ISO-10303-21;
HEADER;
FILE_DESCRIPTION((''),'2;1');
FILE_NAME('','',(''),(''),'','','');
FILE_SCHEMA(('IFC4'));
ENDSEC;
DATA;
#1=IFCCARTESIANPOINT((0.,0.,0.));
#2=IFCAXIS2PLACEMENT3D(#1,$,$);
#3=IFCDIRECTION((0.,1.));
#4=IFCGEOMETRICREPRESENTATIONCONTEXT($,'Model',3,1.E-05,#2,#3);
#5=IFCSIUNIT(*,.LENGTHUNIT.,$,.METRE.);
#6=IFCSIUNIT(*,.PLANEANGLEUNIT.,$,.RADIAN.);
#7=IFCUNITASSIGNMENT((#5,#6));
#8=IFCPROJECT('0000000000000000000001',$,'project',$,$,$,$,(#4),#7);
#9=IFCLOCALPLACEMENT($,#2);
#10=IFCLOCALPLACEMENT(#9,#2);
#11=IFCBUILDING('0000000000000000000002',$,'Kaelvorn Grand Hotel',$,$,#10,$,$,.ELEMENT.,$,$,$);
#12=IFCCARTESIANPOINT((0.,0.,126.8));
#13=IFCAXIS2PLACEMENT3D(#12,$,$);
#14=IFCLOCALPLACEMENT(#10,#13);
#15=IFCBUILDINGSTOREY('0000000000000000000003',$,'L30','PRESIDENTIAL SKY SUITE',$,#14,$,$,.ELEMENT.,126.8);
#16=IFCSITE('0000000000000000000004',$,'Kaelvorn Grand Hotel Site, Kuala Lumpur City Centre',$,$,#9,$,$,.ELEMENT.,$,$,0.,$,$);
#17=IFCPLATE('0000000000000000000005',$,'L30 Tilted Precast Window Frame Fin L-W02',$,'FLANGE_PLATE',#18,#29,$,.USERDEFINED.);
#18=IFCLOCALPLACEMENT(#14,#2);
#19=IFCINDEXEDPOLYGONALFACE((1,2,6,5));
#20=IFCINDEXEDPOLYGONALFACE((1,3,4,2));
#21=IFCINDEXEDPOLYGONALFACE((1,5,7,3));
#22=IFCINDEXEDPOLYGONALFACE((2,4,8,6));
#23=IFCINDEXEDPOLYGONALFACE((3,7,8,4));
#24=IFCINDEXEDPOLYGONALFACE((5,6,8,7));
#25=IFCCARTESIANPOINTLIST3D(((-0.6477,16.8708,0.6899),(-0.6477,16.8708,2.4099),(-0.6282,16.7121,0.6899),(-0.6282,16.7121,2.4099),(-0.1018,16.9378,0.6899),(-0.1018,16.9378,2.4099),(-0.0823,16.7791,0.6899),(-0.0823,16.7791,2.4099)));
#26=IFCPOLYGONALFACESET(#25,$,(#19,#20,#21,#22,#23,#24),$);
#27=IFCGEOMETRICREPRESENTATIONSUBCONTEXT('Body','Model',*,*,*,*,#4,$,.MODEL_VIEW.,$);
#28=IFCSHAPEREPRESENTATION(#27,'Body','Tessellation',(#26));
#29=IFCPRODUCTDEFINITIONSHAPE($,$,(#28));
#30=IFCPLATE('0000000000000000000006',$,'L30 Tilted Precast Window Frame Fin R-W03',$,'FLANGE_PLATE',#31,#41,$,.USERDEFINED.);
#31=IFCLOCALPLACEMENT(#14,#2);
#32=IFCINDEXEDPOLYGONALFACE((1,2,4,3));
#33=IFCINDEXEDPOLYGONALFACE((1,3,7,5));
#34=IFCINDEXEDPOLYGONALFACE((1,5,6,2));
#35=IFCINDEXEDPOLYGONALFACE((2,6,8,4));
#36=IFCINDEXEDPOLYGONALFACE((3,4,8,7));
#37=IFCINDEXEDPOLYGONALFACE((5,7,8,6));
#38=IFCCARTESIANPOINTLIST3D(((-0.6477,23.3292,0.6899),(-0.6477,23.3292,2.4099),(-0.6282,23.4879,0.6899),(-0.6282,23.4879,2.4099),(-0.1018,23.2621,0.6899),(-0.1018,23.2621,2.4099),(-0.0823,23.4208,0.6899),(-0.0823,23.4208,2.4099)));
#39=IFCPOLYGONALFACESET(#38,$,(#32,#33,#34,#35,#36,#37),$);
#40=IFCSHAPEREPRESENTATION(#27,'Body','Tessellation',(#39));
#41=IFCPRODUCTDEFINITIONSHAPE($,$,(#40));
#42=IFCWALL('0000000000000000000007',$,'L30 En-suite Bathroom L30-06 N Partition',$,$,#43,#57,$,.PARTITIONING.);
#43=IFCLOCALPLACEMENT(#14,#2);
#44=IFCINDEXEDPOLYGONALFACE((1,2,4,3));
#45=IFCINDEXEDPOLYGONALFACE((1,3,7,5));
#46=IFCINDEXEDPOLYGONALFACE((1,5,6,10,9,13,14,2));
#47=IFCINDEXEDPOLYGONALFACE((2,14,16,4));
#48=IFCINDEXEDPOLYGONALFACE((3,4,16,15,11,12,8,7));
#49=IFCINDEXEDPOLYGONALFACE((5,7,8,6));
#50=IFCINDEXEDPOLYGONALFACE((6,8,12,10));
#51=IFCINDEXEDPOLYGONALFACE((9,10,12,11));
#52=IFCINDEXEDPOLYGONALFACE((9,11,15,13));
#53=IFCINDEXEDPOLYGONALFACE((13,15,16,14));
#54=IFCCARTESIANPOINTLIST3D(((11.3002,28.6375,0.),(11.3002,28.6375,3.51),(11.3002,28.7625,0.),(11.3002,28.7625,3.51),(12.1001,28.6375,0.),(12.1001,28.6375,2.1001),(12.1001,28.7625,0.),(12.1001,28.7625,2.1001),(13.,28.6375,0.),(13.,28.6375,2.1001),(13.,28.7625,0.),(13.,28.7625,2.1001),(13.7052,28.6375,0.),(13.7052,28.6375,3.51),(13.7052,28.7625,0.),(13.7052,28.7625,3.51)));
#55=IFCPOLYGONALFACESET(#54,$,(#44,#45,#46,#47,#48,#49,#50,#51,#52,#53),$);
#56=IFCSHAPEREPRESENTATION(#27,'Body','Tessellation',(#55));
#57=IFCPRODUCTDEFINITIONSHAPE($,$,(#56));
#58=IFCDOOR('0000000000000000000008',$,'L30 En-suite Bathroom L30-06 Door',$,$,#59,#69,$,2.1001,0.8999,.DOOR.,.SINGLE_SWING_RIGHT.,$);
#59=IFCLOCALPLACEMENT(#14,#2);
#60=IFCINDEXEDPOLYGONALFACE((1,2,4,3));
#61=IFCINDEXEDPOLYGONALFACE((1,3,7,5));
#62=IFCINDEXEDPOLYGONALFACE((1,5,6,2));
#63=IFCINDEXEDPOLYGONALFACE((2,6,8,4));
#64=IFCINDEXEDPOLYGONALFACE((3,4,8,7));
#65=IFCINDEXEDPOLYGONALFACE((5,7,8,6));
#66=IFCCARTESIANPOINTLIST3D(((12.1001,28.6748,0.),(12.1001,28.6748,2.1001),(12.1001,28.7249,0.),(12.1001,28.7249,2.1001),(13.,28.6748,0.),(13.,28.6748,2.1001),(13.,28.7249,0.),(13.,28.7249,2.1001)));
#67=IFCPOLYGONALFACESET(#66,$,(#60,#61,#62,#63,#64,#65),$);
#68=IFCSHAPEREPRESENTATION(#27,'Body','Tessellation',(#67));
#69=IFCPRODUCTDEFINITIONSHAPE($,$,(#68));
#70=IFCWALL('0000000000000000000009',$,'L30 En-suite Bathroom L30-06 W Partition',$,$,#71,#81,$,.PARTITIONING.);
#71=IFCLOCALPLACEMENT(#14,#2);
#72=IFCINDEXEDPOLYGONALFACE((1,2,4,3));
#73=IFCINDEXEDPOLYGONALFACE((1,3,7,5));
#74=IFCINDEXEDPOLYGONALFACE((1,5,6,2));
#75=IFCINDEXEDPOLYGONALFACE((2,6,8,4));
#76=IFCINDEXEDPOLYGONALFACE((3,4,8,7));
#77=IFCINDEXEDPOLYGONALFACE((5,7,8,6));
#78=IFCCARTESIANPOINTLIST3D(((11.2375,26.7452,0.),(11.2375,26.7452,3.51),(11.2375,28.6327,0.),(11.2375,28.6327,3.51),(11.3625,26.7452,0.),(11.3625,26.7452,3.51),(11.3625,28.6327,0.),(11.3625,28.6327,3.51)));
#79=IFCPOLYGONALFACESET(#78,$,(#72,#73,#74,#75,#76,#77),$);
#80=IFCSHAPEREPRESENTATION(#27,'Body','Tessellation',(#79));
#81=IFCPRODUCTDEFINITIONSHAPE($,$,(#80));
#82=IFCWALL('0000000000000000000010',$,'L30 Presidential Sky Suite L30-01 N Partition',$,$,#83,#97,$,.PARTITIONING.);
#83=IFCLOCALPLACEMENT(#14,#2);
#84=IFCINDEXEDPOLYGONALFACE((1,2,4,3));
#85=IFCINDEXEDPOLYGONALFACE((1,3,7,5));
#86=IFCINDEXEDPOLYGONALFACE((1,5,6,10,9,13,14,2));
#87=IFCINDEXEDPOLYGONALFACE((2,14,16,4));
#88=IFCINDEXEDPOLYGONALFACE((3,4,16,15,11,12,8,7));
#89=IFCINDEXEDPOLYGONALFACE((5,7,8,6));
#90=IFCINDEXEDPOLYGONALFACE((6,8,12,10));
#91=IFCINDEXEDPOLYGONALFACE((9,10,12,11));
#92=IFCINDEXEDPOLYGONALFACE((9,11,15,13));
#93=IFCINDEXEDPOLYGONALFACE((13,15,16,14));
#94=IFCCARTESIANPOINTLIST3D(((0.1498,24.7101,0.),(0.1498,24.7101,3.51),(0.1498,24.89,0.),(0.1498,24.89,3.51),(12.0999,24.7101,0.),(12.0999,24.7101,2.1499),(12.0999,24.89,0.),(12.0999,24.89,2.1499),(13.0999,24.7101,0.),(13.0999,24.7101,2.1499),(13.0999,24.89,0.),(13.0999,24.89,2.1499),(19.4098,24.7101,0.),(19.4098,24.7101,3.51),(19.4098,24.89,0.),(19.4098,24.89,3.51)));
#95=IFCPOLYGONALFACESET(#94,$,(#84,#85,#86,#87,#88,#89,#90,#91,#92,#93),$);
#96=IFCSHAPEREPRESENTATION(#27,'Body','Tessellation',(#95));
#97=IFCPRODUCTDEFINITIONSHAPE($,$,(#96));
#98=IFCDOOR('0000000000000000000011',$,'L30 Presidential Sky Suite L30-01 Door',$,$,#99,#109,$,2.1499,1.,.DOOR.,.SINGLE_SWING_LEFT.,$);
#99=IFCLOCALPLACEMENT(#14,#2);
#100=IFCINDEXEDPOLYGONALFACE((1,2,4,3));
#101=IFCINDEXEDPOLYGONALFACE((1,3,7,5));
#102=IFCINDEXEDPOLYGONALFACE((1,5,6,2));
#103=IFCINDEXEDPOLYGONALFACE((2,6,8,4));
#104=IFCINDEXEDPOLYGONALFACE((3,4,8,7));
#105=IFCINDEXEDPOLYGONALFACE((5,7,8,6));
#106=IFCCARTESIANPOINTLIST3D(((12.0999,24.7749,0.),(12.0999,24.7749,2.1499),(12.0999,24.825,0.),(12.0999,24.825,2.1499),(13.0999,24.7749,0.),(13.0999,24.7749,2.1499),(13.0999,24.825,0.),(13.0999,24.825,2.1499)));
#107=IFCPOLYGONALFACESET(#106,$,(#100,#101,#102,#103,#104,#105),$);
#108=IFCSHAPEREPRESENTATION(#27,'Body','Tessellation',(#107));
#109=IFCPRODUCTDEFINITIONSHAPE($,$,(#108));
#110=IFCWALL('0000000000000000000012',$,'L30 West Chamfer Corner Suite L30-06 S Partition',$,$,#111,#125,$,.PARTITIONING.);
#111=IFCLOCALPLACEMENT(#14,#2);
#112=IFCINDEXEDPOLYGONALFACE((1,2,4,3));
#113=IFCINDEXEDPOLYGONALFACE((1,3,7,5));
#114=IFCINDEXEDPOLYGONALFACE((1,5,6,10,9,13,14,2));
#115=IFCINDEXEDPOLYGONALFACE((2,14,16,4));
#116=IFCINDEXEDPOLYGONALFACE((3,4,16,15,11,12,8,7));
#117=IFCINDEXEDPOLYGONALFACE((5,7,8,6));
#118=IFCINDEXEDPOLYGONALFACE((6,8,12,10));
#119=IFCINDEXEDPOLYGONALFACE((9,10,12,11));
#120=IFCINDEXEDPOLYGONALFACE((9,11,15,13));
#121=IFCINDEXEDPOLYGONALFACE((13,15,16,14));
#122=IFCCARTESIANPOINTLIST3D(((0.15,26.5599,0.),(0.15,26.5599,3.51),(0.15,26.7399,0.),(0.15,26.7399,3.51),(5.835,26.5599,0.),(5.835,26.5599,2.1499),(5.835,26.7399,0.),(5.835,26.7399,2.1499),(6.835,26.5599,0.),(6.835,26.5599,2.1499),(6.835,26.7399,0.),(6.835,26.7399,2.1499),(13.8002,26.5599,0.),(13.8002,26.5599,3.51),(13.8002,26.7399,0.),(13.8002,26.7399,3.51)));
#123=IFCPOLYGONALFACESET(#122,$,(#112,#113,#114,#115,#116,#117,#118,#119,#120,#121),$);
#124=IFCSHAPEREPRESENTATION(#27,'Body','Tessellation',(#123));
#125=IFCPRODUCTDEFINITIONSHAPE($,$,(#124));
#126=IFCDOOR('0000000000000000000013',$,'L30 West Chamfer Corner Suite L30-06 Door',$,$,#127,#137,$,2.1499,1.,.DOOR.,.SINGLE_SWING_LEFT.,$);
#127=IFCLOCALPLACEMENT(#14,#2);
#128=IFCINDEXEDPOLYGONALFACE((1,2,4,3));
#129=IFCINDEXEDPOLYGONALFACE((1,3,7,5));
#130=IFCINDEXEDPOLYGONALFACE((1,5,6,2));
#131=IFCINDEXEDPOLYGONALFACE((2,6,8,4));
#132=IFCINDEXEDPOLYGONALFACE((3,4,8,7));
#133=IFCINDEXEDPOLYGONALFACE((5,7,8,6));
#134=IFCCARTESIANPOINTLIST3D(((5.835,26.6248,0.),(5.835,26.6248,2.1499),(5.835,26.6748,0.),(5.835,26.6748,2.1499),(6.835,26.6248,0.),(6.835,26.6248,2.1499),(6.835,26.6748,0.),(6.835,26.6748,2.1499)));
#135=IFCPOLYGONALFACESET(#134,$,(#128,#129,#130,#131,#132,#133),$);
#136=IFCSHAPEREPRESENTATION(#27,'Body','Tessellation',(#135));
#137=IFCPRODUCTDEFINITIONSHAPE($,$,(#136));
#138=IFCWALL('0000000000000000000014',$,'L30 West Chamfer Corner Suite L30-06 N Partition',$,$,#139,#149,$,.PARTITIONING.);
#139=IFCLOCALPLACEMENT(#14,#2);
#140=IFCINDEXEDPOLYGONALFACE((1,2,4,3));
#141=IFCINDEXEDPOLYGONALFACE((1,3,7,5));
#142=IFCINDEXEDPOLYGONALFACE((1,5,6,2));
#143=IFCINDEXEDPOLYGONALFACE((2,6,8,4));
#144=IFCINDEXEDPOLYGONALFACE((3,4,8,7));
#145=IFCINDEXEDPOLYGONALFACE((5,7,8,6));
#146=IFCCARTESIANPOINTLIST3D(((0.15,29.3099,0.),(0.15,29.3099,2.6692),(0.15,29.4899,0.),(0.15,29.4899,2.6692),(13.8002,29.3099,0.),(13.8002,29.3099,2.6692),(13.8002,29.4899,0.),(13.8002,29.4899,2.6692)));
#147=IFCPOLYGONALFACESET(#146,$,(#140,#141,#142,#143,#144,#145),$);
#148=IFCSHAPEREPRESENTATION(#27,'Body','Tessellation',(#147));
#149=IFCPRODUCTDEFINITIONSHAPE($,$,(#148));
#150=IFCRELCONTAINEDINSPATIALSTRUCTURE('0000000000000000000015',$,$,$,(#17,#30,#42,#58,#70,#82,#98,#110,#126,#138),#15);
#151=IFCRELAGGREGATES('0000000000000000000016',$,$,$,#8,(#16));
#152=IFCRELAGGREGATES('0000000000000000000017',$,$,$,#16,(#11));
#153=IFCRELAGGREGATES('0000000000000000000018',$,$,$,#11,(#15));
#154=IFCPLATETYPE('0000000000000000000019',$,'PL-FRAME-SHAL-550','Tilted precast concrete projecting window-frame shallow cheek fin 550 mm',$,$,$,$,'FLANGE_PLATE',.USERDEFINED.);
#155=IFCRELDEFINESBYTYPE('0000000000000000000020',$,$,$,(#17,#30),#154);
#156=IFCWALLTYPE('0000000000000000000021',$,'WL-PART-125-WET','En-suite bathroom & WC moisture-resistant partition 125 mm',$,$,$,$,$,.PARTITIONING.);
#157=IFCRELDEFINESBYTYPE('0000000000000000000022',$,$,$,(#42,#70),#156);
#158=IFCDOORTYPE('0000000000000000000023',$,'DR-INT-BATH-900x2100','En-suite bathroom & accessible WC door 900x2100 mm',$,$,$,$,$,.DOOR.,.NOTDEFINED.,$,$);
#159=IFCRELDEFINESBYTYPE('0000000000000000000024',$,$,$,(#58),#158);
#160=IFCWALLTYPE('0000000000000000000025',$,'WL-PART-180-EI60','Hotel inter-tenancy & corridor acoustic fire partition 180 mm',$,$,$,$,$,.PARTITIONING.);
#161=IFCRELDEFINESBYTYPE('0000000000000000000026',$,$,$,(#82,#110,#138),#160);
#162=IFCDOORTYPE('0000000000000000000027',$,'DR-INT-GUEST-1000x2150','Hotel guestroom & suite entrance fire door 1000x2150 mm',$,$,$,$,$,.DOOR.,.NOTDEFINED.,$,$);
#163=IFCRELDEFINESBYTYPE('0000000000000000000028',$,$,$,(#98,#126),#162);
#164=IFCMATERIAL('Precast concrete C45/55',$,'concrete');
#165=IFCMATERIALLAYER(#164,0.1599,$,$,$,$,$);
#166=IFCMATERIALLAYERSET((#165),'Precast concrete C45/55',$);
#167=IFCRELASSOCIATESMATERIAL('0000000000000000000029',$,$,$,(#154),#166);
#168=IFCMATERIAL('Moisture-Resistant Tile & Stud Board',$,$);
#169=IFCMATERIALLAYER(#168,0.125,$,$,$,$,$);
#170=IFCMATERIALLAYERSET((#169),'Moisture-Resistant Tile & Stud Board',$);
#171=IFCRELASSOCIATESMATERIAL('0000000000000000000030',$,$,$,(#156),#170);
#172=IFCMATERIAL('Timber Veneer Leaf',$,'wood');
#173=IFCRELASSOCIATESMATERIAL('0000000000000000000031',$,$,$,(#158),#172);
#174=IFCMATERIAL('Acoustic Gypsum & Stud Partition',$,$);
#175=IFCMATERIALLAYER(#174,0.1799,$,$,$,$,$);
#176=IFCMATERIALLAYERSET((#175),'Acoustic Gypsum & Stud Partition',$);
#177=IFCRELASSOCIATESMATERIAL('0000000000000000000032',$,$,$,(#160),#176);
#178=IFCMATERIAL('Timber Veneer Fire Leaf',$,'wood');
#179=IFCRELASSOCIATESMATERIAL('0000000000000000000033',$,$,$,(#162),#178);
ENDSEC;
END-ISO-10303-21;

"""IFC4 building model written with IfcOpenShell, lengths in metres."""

from ifc_helpers import new_model, si_unit, direction, frame, frame_2d, origin, origin_2d, place, context, subcontext, project, spatial, rectangle, extrude, material, layer, layer_set, type_object, element, fill, save


model = new_model("IFC4")

# Units and contexts
model_context = context("Model", 3, precision=1e-05, world=origin(), true_north=direction((0.0, 1.0)))
body_context = subcontext(model_context, "Body", "Model", "MODEL_VIEW")
ifc_project = project(units=[si_unit("LENGTHUNIT", "METRE"), si_unit("PLANEANGLEUNIT", "RADIAN")], contexts=[model_context])

# Site, building, storey
site_placement = place(None, origin())
site = spatial("IfcSite", under=ifc_project, at=site_placement, Name="Kaelvorn Grand Hotel Site, Kuala Lumpur City Centre", CompositionType="ELEMENT", RefElevation=0.0)
building_placement = place(site_placement, origin())
building = spatial("IfcBuilding", under=site, at=building_placement, Name="Kaelvorn Grand Hotel", CompositionType="ELEMENT")
storey_placement = place(building_placement, frame((0.0, 0.0, 126.8)))
storey = spatial("IfcBuildingStorey", under=building, at=storey_placement, Name="L30", Description="PRESIDENTIAL SKY SUITE", CompositionType="ELEMENT", Elevation=126.8)

# Plates
ifc_material_1 = material(Name="Precast concrete C45/55", Category="concrete")
ifc_layer_1 = layer(ifc_material_1, 0.1599)
ifc_layer_set_1 = layer_set([ifc_layer_1], Name="Precast concrete C45/55")
plate_type_1 = type_object("IfcPlateType", Name="PL-FRAME-SHAL-550", Description="Tilted precast concrete projecting window-frame shallow cheek fin 550 mm", ElementType="FLANGE_PLATE", PredefinedType="USERDEFINED", material=ifc_layer_set_1)
for number, where, z_axis, x_axis, name in (
    (1, (-0.365, 16.825, 0.6899), (0.0, 0.0, 1.0), (-0.121869, 0.992546, 0.0), "L30 Tilted Precast Window Frame Fin L-W02"),
    (2, (-0.365, 23.375, 0.6899), (0.0, 0.0, 1.0), (0.121869, 0.992546, 0.0), "L30 Tilted Precast Window Frame Fin R-W03"),
):
    element("IfcPlate", number, at=place(storey_placement, frame(where, z_axis=z_axis, x_axis=x_axis)), inside=storey, type_object=plate_type_1, Name=name, ObjectType="FLANGE_PLATE", PredefinedType="USERDEFINED", context=body_context, shape_type="SweptSolid", body=[
        extrude(rectangle(XDim=0.1599, YDim=0.55, at=origin_2d()), origin(), (0.0, 0.0, 1.0), 1.72),
    ])

# Wall, opening, door
ifc_material_2 = material(Name="Moisture-Resistant Tile & Stud Board")
ifc_layer_2 = layer(ifc_material_2, 0.125)
ifc_layer_set_2 = layer_set([ifc_layer_2], Name="Moisture-Resistant Tile & Stud Board")
wall_type_1 = type_object("IfcWallType", Name="WL-PART-125-WET", Description="En-suite bathroom & WC moisture-resistant partition 125 mm", PredefinedType="PARTITIONING", material=ifc_layer_set_2)
wall_1_placement = place(storey_placement, frame((11.3, 28.7, 0.0), z_axis=(0.0, 0.0, 1.0), x_axis=(1.0, 0.0, 0.0)))
wall_1 = element("IfcWall", 3, at=wall_1_placement, inside=storey, type_object=wall_type_1, Name="L30 En-suite Bathroom L30-06 N Partition", PredefinedType="PARTITIONING", context=body_context, shape_type="SweptSolid", body=[
    extrude(rectangle(XDim=2.405, YDim=0.125, at=frame_2d((1.2026, 0.0))), origin(), (0.0, 0.0, 1.0), 3.51),
])
opening_1_placement = place(wall_1_placement, frame((0.8, 0.0, 0.0)))
opening_1 = element("IfcOpeningElement", 4, at=opening_1_placement, cuts=wall_1, PredefinedType="OPENING", context=body_context, shape_type="SweptSolid", body=[
    extrude(rectangle(XDim=0.8999, YDim=2.1001, at=frame_2d((0.45, 1.05))), frame((0.0, 0.0725, 0.0), z_axis=(0.0, -1.0, 0.0), x_axis=(1.0, 0.0, 0.0)), (0.0, 0.0, 1.0), 0.145),
])
ifc_material_3 = material(Name="Timber Veneer Leaf", Category="wood")
door_type_1 = type_object("IfcDoorType", Name="DR-INT-BATH-900x2100", Description="En-suite bathroom & accessible WC door 900x2100 mm", OperationType="NOTDEFINED", PredefinedType="DOOR", material=ifc_material_3)
door_1_placement = place(opening_1_placement, origin())
door_1 = element("IfcDoor", 5, at=door_1_placement, inside=storey, type_object=door_type_1, Name="L30 En-suite Bathroom L30-06 Door", OperationType="SINGLE_SWING_RIGHT", OverallHeight=2.1001, OverallWidth=0.8999, PredefinedType="DOOR", context=body_context, shape_type="SweptSolid", body=[
    extrude(rectangle(XDim=0.8999, YDim=2.1001, at=frame_2d((0.45, 1.05))), frame((0.0, 0.0249, 0.0), z_axis=(0.0, -1.0, 0.0), x_axis=(1.0, 0.0, 0.0)), (0.0, 0.0, 1.0), 0.05),
])
fill(opening_1, door_1)

# Wall
wall_2_placement = place(storey_placement, frame((11.3, 26.7451, 0.0), z_axis=(0.0, 0.0, 1.0), x_axis=(0.0, 1.0, 0.0)))
element("IfcWall", 6, at=wall_2_placement, inside=storey, type_object=wall_type_1, Name="L30 En-suite Bathroom L30-06 W Partition", PredefinedType="PARTITIONING", context=body_context, shape_type="SweptSolid", body=[
    extrude(rectangle(XDim=1.8875, YDim=0.125, at=frame_2d((0.9438, 0.0))), origin(), (0.0, 0.0, 1.0), 3.51),
])

# Walls, openings, doors
ifc_material_4 = material(Name="Acoustic Gypsum & Stud Partition")
ifc_layer_3 = layer(ifc_material_4, 0.1799)
ifc_layer_set_3 = layer_set([ifc_layer_3], Name="Acoustic Gypsum & Stud Partition")
wall_type_2 = type_object("IfcWallType", Name="WL-PART-180-EI60", Description="Hotel inter-tenancy & corridor acoustic fire partition 180 mm", PredefinedType="PARTITIONING", material=ifc_layer_set_3)
wall_3_placement = place(storey_placement, frame((0.1499, 24.8, 0.0), z_axis=(0.0, 0.0, 1.0), x_axis=(1.0, 0.0, 0.0)))
wall_3 = element("IfcWall", 7, at=wall_3_placement, inside=storey, type_object=wall_type_2, Name="L30 Presidential Sky Suite L30-01 N Partition", PredefinedType="PARTITIONING", context=body_context, shape_type="SweptSolid", body=[
    extrude(rectangle(XDim=19.26, YDim=0.1799, at=frame_2d((9.6299, 0.0))), origin(), (0.0, 0.0, 1.0), 3.51),
])
opening_2_placement = place(wall_3_placement, frame((11.95, 0.0, 0.0)))
opening_2 = element("IfcOpeningElement", 8, at=opening_2_placement, cuts=wall_3, PredefinedType="OPENING", context=body_context, shape_type="SweptSolid", body=[
    extrude(rectangle(XDim=1.0, YDim=2.1499, at=frame_2d((0.5, 1.075))), frame((0.0, 0.1001, 0.0), z_axis=(0.0, -1.0, 0.0), x_axis=(1.0, 0.0, 0.0)), (0.0, 0.0, 1.0), 0.2),
])
ifc_material_5 = material(Name="Timber Veneer Fire Leaf", Category="wood")
door_type_2 = type_object("IfcDoorType", Name="DR-INT-GUEST-1000x2150", Description="Hotel guestroom & suite entrance fire door 1000x2150 mm", OperationType="NOTDEFINED", PredefinedType="DOOR", material=ifc_material_5)
door_2_placement = place(opening_2_placement, origin())
door_2 = element("IfcDoor", 9, at=door_2_placement, inside=storey, type_object=door_type_2, Name="L30 Presidential Sky Suite L30-01 Door", OperationType="SINGLE_SWING_LEFT", OverallHeight=2.1499, OverallWidth=1.0, PredefinedType="DOOR", context=body_context, shape_type="SweptSolid", body=[
    extrude(rectangle(XDim=1.0, YDim=2.1499, at=frame_2d((0.5, 1.075))), frame((0.0, 0.0249, 0.0), z_axis=(0.0, -1.0, 0.0), x_axis=(1.0, 0.0, 0.0)), (0.0, 0.0, 1.0), 0.05),
])
fill(opening_2, door_2)
wall_4_placement = place(storey_placement, frame((0.1499, 26.6499, 0.0), z_axis=(0.0, 0.0, 1.0), x_axis=(1.0, 0.0, 0.0)))
wall_4 = element("IfcWall", 10, at=wall_4_placement, inside=storey, type_object=wall_type_2, Name="L30 West Chamfer Corner Suite L30-06 S Partition", PredefinedType="PARTITIONING", context=body_context, shape_type="SweptSolid", body=[
    extrude(rectangle(XDim=13.6501, YDim=0.1799, at=frame_2d((6.8252, 0.0))), origin(), (0.0, 0.0, 1.0), 3.51),
])
opening_3_placement = place(wall_4_placement, frame((5.6851, 0.0, 0.0)))
opening_3 = element("IfcOpeningElement", 11, at=opening_3_placement, cuts=wall_4, PredefinedType="OPENING", context=body_context, shape_type="SweptSolid", body=[
    extrude(rectangle(XDim=1.0, YDim=2.1499, at=frame_2d((0.5, 1.075))), frame((0.0, 0.1001, 0.0), z_axis=(0.0, -1.0, 0.0), x_axis=(1.0, 0.0, 0.0)), (0.0, 0.0, 1.0), 0.2),
])
door_3_placement = place(opening_3_placement, origin())
door_3 = element("IfcDoor", 12, at=door_3_placement, inside=storey, type_object=door_type_2, Name="L30 West Chamfer Corner Suite L30-06 Door", OperationType="SINGLE_SWING_LEFT", OverallHeight=2.1499, OverallWidth=1.0, PredefinedType="DOOR", context=body_context, shape_type="SweptSolid", body=[
    extrude(rectangle(XDim=1.0, YDim=2.1499, at=frame_2d((0.5, 1.075))), frame((0.0, 0.0249, 0.0), z_axis=(0.0, -1.0, 0.0), x_axis=(1.0, 0.0, 0.0)), (0.0, 0.0, 1.0), 0.05),
])
fill(opening_3, door_3)

# Wall
wall_5_placement = place(storey_placement, frame((0.1499, 29.3999, 0.0), z_axis=(0.0, 0.0, 1.0), x_axis=(1.0, 0.0, 0.0)))
element("IfcWall", 13, at=wall_5_placement, inside=storey, type_object=wall_type_2, Name="L30 West Chamfer Corner Suite L30-06 N Partition", PredefinedType="PARTITIONING", context=body_context, shape_type="SweptSolid", body=[
    extrude(rectangle(XDim=13.6501, YDim=0.1799, at=frame_2d((6.8252, 0.0))), origin(), (0.0, 0.0, 1.0), 2.6692),
])

save(model, "model.ifc")
